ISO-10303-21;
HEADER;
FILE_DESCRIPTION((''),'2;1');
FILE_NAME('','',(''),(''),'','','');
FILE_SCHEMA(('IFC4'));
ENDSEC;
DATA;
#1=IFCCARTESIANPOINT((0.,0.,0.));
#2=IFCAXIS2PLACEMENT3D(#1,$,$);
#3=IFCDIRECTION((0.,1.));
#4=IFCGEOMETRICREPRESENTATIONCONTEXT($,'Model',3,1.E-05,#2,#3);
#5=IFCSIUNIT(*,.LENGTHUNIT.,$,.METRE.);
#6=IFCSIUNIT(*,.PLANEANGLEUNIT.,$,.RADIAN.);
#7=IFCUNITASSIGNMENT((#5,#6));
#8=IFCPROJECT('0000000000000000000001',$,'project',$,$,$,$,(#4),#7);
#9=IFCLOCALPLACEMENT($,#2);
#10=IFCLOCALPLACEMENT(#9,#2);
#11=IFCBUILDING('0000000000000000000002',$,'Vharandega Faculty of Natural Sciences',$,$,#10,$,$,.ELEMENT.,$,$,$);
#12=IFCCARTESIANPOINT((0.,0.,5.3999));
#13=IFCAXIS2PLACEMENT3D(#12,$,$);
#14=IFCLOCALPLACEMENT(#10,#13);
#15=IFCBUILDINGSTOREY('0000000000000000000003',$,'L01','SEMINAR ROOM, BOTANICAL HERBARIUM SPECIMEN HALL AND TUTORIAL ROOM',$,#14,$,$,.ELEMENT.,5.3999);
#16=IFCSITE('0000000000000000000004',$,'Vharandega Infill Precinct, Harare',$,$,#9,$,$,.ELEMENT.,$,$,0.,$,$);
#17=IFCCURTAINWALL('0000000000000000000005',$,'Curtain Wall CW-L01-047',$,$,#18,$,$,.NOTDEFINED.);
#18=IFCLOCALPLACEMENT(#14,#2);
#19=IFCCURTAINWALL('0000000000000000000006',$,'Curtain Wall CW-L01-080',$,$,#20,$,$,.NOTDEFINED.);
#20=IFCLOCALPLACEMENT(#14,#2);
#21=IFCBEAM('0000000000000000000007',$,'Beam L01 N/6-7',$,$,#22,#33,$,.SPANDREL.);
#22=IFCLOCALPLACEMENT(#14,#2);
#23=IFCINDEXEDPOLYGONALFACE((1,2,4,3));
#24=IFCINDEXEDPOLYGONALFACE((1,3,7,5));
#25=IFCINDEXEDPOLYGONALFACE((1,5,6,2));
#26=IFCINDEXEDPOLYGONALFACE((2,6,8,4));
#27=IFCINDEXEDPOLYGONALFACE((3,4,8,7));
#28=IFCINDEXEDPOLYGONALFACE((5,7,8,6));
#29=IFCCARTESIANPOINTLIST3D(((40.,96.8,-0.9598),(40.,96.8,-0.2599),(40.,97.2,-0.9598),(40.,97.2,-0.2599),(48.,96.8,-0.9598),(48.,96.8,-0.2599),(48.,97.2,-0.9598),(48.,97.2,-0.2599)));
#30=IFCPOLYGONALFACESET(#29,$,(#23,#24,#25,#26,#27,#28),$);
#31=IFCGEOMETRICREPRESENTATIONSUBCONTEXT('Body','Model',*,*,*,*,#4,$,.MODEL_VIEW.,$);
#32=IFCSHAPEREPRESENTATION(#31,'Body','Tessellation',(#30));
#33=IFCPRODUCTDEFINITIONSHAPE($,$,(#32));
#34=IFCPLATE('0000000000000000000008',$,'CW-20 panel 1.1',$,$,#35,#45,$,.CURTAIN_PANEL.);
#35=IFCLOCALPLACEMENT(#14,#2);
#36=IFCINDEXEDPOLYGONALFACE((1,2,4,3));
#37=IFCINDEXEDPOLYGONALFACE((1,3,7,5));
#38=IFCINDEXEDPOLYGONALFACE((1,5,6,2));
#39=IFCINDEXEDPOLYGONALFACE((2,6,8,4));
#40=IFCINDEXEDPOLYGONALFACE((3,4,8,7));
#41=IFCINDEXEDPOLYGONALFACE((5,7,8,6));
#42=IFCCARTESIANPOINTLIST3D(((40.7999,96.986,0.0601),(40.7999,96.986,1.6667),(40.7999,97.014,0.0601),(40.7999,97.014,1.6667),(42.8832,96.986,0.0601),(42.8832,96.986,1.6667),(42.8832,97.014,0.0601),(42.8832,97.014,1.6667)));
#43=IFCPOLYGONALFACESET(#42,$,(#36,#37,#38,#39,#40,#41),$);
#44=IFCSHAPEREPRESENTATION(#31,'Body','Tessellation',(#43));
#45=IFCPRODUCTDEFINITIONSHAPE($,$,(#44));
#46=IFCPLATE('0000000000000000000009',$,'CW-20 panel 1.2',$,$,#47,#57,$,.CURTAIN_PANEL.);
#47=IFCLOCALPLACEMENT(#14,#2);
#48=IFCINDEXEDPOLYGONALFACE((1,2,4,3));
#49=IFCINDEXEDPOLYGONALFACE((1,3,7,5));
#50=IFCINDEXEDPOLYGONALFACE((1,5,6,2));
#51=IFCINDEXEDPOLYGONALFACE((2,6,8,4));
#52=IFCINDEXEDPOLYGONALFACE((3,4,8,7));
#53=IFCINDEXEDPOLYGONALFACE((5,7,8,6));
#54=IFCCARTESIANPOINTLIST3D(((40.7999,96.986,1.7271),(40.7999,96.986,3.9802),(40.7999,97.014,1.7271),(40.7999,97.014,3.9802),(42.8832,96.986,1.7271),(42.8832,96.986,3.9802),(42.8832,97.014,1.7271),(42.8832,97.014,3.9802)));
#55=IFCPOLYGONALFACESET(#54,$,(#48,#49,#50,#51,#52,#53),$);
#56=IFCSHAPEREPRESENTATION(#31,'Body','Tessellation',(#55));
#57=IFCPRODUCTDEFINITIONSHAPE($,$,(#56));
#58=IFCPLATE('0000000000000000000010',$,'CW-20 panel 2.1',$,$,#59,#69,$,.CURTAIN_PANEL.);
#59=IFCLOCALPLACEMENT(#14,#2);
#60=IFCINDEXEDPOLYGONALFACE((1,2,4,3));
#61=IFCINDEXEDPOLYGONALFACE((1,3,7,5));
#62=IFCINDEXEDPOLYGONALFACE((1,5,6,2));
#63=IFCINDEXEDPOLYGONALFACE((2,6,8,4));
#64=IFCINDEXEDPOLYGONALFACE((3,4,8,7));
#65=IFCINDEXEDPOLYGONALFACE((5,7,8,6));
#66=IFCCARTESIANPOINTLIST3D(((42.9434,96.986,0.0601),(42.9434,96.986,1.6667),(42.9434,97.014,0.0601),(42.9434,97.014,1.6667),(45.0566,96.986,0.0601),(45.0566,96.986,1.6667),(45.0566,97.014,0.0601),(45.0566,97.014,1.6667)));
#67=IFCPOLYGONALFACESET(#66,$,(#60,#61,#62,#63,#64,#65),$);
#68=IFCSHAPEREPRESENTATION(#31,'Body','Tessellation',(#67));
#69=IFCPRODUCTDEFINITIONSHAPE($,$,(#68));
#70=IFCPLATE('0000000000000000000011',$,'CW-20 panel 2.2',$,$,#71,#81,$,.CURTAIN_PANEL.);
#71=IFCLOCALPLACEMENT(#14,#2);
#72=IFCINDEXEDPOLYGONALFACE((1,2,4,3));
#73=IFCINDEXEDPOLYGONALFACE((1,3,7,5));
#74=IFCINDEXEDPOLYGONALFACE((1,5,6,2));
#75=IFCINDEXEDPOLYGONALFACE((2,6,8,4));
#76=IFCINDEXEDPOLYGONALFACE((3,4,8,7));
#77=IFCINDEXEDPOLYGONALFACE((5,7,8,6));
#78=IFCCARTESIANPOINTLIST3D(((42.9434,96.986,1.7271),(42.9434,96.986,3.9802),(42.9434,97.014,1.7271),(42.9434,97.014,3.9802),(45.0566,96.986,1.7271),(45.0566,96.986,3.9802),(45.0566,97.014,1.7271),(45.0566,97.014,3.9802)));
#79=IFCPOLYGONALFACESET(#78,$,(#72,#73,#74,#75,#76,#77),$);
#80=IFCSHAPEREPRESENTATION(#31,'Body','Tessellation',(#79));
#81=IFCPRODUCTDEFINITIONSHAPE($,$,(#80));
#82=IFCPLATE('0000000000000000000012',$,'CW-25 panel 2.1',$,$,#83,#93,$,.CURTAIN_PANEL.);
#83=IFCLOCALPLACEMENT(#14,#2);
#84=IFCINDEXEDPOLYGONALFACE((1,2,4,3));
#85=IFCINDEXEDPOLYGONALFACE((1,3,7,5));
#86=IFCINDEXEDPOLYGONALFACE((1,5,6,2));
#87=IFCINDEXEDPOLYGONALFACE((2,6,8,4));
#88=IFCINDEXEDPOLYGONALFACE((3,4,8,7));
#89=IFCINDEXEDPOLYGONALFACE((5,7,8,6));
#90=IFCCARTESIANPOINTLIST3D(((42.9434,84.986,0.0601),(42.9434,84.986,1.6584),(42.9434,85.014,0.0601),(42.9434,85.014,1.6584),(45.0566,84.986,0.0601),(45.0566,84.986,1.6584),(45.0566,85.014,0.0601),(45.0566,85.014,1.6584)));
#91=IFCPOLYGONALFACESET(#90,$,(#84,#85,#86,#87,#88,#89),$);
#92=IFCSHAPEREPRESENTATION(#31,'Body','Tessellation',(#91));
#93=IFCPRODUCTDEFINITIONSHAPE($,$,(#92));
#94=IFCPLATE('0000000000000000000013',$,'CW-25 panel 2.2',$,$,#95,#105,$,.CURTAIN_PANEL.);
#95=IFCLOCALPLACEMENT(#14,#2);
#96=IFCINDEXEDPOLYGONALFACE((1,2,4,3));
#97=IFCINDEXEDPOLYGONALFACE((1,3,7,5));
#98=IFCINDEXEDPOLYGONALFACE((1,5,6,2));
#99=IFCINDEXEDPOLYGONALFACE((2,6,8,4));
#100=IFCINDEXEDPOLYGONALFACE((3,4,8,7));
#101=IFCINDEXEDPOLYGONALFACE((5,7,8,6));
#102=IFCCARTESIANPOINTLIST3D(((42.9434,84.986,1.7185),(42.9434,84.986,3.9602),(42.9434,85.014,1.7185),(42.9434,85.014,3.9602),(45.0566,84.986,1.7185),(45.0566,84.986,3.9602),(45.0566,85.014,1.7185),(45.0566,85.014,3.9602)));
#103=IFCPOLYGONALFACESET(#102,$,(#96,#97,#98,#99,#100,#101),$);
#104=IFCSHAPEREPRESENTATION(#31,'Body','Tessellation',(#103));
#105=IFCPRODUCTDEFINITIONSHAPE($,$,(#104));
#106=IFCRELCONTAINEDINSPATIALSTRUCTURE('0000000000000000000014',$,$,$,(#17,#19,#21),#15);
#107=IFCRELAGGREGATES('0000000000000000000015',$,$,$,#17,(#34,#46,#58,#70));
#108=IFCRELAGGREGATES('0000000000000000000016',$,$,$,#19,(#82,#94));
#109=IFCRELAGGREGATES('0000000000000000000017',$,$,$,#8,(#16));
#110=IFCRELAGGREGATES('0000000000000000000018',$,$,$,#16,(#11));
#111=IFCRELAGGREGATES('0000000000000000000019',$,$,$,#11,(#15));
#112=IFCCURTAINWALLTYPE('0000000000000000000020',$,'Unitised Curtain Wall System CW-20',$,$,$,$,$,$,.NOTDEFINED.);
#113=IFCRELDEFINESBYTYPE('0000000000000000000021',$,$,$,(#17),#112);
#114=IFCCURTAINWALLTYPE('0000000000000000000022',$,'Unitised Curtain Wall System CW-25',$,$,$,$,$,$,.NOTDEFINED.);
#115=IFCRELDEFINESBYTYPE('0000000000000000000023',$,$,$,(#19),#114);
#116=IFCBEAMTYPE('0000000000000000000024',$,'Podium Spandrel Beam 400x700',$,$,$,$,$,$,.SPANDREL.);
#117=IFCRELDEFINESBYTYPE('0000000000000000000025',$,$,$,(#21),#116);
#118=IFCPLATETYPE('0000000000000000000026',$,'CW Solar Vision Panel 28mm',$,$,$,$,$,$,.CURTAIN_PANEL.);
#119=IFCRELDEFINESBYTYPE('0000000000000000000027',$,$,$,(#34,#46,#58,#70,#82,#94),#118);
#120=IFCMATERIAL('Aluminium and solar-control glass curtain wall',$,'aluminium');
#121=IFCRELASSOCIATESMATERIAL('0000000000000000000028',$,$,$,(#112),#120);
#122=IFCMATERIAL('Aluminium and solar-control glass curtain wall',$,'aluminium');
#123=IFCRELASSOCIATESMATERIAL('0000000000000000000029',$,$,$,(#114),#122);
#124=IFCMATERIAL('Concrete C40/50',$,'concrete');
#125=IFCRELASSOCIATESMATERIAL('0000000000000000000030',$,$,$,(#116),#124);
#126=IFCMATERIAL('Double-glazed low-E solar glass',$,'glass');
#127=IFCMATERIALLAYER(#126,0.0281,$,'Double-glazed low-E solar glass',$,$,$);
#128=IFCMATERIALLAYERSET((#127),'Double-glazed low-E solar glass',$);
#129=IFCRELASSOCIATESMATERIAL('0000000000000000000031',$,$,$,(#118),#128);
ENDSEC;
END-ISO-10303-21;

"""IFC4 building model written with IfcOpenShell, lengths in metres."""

from ifc_helpers import new_model, si_unit, direction, frame, origin, origin_2d, place, context, subcontext, project, spatial, rectangle, extrude, material, layer, layer_set, material_profile, profile_set, type_object, element, aggregate, save


model = new_model("IFC4")

# Units and contexts
model_context = context("Model", 3, precision=1e-05, world=origin(), true_north=direction((0.0, 1.0)))
body_context = subcontext(model_context, "Body", "Model", "MODEL_VIEW")
ifc_project = project(units=[si_unit("LENGTHUNIT", "METRE"), si_unit("PLANEANGLEUNIT", "RADIAN")], contexts=[model_context])

# Site, building, storey
site_placement = place(None, origin())
site = spatial("IfcSite", under=ifc_project, at=site_placement, Name="Vharandega Infill Precinct, Harare", CompositionType="ELEMENT", RefElevation=0.0)
building_placement = place(site_placement, origin())
building = spatial("IfcBuilding", under=site, at=building_placement, Name="Vharandega Faculty of Natural Sciences", CompositionType="ELEMENT")
storey_placement = place(building_placement, frame((0.0, 0.0, 5.3999)))
storey = spatial("IfcBuildingStorey", under=building, at=storey_placement, Name="L01", Description="SEMINAR ROOM, BOTANICAL HERBARIUM SPECIMEN HALL AND TUTORIAL ROOM", CompositionType="ELEMENT", Elevation=5.3999)

# Curtain wall
ifc_material_1 = material(Name="Aluminium and solar-control glass curtain wall", Category="aluminium")
curtain_wall_type_1 = type_object("IfcCurtainWallType", Name="Unitised Curtain Wall System CW-20", PredefinedType="NOTDEFINED", material=ifc_material_1)
curtain_wall_1_placement = place(storey_placement, origin())
curtain_wall_1 = element("IfcCurtainWall", 1, at=curtain_wall_1_placement, inside=storey, type_object=curtain_wall_type_1, Name="Curtain Wall CW-L01-047", PredefinedType="NOTDEFINED")

# Curtain wall
ifc_material_2 = material(Name="Aluminium and solar-control glass curtain wall", Category="aluminium")
curtain_wall_type_2 = type_object("IfcCurtainWallType", Name="Unitised Curtain Wall System CW-25", PredefinedType="NOTDEFINED", material=ifc_material_2)
curtain_wall_2_placement = place(storey_placement, origin())
curtain_wall_2 = element("IfcCurtainWall", 2, at=curtain_wall_2_placement, inside=storey, type_object=curtain_wall_type_2, Name="Curtain Wall CW-L01-080", PredefinedType="NOTDEFINED")

# Beam
ifc_material_3 = material(Name="Concrete C40/50", Category="concrete")
ifc_material_profile_1 = material_profile(ifc_material_3, rectangle(XDim=0.3999, YDim=0.7, at=origin_2d()), Name="RC 400x700")
ifc_profile_set_1 = profile_set([ifc_material_profile_1], Name="Concrete C40/50")
beam_type_1 = type_object("IfcBeamType", Name="Podium Spandrel Beam 400x700", PredefinedType="SPANDREL", material=ifc_profile_set_1)
beam_1_placement = place(storey_placement, frame((40.0, 97.0, -0.6099), z_axis=(1.0, 0.0, 0.0), x_axis=(0.0, 1.0, 0.0)))
element("IfcBeam", 3, at=beam_1_placement, inside=storey, type_object=beam_type_1, Name="Beam L01 N/6-7", PredefinedType="SPANDREL", context=body_context, shape_type="SweptSolid", body=[
    extrude(rectangle(XDim=0.3999, YDim=0.7, at=origin_2d()), origin(), (0.0, 0.0, 1.0), 8.0),
])

# Plates
ifc_material_4 = material(Name="Double-glazed low-E solar glass", Category="glass")
ifc_layer = layer(ifc_material_4, 0.0281, Name="Double-glazed low-E solar glass")
ifc_layer_set = layer_set([ifc_layer], Name="Double-glazed low-E solar glass")
plate_type = type_object("IfcPlateType", Name="CW Solar Vision Panel 28mm", PredefinedType="CURTAIN_PANEL", material=ifc_layer_set)
plate_1_placement = place(storey_placement, frame((41.8416, 97.0, 0.0601), z_axis=(0.0, 0.0, 1.0), x_axis=(1.0, 0.0, 0.0)))
plate_1 = element("IfcPlate", 4, at=plate_1_placement, type_object=plate_type, Name="CW-20 panel 1.1", PredefinedType="CURTAIN_PANEL", context=body_context, shape_type="SweptSolid", body=[
    extrude(rectangle(XDim=2.0833, YDim=0.0281, at=origin_2d()), origin(), (0.0, 0.0, 1.0), 1.6067),
])
plate_2_placement = place(storey_placement, frame((41.8416, 97.0, 1.7271), z_axis=(0.0, 0.0, 1.0), x_axis=(1.0, 0.0, 0.0)))
plate_2 = element("IfcPlate", 5, at=plate_2_placement, type_object=plate_type, Name="CW-20 panel 1.2", PredefinedType="CURTAIN_PANEL", context=body_context, shape_type="SweptSolid", body=[
    extrude(rectangle(XDim=2.0833, YDim=0.0281, at=origin_2d()), origin(), (0.0, 0.0, 1.0), 2.2532),
])
plate_3_placement = place(storey_placement, frame((44.0, 97.0, 0.0601), z_axis=(0.0, 0.0, 1.0), x_axis=(1.0, 0.0, 0.0)))
plate_3 = element("IfcPlate", 6, at=plate_3_placement, type_object=plate_type, Name="CW-20 panel 2.1", PredefinedType="CURTAIN_PANEL", context=body_context, shape_type="SweptSolid", body=[
    extrude(rectangle(XDim=2.1133, YDim=0.0281, at=origin_2d()), origin(), (0.0, 0.0, 1.0), 1.6067),
])
plate_4_placement = place(storey_placement, frame((44.0, 97.0, 1.7271), z_axis=(0.0, 0.0, 1.0), x_axis=(1.0, 0.0, 0.0)))
plate_4 = element("IfcPlate", 7, at=plate_4_placement, type_object=plate_type, Name="CW-20 panel 2.2", PredefinedType="CURTAIN_PANEL", context=body_context, shape_type="SweptSolid", body=[
    extrude(rectangle(XDim=2.1133, YDim=0.0281, at=origin_2d()), origin(), (0.0, 0.0, 1.0), 2.2532),
])
aggregate(curtain_wall_1, [plate_1, plate_2, plate_3, plate_4])
plate_5_placement = place(storey_placement, frame((44.0, 85.0, 0.0601), z_axis=(0.0, 0.0, 1.0), x_axis=(1.0, 0.0, 0.0)))
plate_5 = element("IfcPlate", 8, at=plate_5_placement, type_object=plate_type, Name="CW-25 panel 2.1", PredefinedType="CURTAIN_PANEL", context=body_context, shape_type="SweptSolid", body=[
    extrude(rectangle(XDim=2.1133, YDim=0.0281, at=origin_2d()), origin(), (0.0, 0.0, 1.0), 1.5984),
])
plate_6_placement = place(storey_placement, frame((44.0, 85.0, 1.7185), z_axis=(0.0, 0.0, 1.0), x_axis=(1.0, 0.0, 0.0)))
plate_6 = element("IfcPlate", 9, at=plate_6_placement, type_object=plate_type, Name="CW-25 panel 2.2", PredefinedType="CURTAIN_PANEL", context=body_context, shape_type="SweptSolid", body=[
    extrude(rectangle(XDim=2.1133, YDim=0.0281, at=origin_2d()), origin(), (0.0, 0.0, 1.0), 2.2417),
])
aggregate(curtain_wall_2, [plate_5, plate_6])

save(model, "model.ifc")
